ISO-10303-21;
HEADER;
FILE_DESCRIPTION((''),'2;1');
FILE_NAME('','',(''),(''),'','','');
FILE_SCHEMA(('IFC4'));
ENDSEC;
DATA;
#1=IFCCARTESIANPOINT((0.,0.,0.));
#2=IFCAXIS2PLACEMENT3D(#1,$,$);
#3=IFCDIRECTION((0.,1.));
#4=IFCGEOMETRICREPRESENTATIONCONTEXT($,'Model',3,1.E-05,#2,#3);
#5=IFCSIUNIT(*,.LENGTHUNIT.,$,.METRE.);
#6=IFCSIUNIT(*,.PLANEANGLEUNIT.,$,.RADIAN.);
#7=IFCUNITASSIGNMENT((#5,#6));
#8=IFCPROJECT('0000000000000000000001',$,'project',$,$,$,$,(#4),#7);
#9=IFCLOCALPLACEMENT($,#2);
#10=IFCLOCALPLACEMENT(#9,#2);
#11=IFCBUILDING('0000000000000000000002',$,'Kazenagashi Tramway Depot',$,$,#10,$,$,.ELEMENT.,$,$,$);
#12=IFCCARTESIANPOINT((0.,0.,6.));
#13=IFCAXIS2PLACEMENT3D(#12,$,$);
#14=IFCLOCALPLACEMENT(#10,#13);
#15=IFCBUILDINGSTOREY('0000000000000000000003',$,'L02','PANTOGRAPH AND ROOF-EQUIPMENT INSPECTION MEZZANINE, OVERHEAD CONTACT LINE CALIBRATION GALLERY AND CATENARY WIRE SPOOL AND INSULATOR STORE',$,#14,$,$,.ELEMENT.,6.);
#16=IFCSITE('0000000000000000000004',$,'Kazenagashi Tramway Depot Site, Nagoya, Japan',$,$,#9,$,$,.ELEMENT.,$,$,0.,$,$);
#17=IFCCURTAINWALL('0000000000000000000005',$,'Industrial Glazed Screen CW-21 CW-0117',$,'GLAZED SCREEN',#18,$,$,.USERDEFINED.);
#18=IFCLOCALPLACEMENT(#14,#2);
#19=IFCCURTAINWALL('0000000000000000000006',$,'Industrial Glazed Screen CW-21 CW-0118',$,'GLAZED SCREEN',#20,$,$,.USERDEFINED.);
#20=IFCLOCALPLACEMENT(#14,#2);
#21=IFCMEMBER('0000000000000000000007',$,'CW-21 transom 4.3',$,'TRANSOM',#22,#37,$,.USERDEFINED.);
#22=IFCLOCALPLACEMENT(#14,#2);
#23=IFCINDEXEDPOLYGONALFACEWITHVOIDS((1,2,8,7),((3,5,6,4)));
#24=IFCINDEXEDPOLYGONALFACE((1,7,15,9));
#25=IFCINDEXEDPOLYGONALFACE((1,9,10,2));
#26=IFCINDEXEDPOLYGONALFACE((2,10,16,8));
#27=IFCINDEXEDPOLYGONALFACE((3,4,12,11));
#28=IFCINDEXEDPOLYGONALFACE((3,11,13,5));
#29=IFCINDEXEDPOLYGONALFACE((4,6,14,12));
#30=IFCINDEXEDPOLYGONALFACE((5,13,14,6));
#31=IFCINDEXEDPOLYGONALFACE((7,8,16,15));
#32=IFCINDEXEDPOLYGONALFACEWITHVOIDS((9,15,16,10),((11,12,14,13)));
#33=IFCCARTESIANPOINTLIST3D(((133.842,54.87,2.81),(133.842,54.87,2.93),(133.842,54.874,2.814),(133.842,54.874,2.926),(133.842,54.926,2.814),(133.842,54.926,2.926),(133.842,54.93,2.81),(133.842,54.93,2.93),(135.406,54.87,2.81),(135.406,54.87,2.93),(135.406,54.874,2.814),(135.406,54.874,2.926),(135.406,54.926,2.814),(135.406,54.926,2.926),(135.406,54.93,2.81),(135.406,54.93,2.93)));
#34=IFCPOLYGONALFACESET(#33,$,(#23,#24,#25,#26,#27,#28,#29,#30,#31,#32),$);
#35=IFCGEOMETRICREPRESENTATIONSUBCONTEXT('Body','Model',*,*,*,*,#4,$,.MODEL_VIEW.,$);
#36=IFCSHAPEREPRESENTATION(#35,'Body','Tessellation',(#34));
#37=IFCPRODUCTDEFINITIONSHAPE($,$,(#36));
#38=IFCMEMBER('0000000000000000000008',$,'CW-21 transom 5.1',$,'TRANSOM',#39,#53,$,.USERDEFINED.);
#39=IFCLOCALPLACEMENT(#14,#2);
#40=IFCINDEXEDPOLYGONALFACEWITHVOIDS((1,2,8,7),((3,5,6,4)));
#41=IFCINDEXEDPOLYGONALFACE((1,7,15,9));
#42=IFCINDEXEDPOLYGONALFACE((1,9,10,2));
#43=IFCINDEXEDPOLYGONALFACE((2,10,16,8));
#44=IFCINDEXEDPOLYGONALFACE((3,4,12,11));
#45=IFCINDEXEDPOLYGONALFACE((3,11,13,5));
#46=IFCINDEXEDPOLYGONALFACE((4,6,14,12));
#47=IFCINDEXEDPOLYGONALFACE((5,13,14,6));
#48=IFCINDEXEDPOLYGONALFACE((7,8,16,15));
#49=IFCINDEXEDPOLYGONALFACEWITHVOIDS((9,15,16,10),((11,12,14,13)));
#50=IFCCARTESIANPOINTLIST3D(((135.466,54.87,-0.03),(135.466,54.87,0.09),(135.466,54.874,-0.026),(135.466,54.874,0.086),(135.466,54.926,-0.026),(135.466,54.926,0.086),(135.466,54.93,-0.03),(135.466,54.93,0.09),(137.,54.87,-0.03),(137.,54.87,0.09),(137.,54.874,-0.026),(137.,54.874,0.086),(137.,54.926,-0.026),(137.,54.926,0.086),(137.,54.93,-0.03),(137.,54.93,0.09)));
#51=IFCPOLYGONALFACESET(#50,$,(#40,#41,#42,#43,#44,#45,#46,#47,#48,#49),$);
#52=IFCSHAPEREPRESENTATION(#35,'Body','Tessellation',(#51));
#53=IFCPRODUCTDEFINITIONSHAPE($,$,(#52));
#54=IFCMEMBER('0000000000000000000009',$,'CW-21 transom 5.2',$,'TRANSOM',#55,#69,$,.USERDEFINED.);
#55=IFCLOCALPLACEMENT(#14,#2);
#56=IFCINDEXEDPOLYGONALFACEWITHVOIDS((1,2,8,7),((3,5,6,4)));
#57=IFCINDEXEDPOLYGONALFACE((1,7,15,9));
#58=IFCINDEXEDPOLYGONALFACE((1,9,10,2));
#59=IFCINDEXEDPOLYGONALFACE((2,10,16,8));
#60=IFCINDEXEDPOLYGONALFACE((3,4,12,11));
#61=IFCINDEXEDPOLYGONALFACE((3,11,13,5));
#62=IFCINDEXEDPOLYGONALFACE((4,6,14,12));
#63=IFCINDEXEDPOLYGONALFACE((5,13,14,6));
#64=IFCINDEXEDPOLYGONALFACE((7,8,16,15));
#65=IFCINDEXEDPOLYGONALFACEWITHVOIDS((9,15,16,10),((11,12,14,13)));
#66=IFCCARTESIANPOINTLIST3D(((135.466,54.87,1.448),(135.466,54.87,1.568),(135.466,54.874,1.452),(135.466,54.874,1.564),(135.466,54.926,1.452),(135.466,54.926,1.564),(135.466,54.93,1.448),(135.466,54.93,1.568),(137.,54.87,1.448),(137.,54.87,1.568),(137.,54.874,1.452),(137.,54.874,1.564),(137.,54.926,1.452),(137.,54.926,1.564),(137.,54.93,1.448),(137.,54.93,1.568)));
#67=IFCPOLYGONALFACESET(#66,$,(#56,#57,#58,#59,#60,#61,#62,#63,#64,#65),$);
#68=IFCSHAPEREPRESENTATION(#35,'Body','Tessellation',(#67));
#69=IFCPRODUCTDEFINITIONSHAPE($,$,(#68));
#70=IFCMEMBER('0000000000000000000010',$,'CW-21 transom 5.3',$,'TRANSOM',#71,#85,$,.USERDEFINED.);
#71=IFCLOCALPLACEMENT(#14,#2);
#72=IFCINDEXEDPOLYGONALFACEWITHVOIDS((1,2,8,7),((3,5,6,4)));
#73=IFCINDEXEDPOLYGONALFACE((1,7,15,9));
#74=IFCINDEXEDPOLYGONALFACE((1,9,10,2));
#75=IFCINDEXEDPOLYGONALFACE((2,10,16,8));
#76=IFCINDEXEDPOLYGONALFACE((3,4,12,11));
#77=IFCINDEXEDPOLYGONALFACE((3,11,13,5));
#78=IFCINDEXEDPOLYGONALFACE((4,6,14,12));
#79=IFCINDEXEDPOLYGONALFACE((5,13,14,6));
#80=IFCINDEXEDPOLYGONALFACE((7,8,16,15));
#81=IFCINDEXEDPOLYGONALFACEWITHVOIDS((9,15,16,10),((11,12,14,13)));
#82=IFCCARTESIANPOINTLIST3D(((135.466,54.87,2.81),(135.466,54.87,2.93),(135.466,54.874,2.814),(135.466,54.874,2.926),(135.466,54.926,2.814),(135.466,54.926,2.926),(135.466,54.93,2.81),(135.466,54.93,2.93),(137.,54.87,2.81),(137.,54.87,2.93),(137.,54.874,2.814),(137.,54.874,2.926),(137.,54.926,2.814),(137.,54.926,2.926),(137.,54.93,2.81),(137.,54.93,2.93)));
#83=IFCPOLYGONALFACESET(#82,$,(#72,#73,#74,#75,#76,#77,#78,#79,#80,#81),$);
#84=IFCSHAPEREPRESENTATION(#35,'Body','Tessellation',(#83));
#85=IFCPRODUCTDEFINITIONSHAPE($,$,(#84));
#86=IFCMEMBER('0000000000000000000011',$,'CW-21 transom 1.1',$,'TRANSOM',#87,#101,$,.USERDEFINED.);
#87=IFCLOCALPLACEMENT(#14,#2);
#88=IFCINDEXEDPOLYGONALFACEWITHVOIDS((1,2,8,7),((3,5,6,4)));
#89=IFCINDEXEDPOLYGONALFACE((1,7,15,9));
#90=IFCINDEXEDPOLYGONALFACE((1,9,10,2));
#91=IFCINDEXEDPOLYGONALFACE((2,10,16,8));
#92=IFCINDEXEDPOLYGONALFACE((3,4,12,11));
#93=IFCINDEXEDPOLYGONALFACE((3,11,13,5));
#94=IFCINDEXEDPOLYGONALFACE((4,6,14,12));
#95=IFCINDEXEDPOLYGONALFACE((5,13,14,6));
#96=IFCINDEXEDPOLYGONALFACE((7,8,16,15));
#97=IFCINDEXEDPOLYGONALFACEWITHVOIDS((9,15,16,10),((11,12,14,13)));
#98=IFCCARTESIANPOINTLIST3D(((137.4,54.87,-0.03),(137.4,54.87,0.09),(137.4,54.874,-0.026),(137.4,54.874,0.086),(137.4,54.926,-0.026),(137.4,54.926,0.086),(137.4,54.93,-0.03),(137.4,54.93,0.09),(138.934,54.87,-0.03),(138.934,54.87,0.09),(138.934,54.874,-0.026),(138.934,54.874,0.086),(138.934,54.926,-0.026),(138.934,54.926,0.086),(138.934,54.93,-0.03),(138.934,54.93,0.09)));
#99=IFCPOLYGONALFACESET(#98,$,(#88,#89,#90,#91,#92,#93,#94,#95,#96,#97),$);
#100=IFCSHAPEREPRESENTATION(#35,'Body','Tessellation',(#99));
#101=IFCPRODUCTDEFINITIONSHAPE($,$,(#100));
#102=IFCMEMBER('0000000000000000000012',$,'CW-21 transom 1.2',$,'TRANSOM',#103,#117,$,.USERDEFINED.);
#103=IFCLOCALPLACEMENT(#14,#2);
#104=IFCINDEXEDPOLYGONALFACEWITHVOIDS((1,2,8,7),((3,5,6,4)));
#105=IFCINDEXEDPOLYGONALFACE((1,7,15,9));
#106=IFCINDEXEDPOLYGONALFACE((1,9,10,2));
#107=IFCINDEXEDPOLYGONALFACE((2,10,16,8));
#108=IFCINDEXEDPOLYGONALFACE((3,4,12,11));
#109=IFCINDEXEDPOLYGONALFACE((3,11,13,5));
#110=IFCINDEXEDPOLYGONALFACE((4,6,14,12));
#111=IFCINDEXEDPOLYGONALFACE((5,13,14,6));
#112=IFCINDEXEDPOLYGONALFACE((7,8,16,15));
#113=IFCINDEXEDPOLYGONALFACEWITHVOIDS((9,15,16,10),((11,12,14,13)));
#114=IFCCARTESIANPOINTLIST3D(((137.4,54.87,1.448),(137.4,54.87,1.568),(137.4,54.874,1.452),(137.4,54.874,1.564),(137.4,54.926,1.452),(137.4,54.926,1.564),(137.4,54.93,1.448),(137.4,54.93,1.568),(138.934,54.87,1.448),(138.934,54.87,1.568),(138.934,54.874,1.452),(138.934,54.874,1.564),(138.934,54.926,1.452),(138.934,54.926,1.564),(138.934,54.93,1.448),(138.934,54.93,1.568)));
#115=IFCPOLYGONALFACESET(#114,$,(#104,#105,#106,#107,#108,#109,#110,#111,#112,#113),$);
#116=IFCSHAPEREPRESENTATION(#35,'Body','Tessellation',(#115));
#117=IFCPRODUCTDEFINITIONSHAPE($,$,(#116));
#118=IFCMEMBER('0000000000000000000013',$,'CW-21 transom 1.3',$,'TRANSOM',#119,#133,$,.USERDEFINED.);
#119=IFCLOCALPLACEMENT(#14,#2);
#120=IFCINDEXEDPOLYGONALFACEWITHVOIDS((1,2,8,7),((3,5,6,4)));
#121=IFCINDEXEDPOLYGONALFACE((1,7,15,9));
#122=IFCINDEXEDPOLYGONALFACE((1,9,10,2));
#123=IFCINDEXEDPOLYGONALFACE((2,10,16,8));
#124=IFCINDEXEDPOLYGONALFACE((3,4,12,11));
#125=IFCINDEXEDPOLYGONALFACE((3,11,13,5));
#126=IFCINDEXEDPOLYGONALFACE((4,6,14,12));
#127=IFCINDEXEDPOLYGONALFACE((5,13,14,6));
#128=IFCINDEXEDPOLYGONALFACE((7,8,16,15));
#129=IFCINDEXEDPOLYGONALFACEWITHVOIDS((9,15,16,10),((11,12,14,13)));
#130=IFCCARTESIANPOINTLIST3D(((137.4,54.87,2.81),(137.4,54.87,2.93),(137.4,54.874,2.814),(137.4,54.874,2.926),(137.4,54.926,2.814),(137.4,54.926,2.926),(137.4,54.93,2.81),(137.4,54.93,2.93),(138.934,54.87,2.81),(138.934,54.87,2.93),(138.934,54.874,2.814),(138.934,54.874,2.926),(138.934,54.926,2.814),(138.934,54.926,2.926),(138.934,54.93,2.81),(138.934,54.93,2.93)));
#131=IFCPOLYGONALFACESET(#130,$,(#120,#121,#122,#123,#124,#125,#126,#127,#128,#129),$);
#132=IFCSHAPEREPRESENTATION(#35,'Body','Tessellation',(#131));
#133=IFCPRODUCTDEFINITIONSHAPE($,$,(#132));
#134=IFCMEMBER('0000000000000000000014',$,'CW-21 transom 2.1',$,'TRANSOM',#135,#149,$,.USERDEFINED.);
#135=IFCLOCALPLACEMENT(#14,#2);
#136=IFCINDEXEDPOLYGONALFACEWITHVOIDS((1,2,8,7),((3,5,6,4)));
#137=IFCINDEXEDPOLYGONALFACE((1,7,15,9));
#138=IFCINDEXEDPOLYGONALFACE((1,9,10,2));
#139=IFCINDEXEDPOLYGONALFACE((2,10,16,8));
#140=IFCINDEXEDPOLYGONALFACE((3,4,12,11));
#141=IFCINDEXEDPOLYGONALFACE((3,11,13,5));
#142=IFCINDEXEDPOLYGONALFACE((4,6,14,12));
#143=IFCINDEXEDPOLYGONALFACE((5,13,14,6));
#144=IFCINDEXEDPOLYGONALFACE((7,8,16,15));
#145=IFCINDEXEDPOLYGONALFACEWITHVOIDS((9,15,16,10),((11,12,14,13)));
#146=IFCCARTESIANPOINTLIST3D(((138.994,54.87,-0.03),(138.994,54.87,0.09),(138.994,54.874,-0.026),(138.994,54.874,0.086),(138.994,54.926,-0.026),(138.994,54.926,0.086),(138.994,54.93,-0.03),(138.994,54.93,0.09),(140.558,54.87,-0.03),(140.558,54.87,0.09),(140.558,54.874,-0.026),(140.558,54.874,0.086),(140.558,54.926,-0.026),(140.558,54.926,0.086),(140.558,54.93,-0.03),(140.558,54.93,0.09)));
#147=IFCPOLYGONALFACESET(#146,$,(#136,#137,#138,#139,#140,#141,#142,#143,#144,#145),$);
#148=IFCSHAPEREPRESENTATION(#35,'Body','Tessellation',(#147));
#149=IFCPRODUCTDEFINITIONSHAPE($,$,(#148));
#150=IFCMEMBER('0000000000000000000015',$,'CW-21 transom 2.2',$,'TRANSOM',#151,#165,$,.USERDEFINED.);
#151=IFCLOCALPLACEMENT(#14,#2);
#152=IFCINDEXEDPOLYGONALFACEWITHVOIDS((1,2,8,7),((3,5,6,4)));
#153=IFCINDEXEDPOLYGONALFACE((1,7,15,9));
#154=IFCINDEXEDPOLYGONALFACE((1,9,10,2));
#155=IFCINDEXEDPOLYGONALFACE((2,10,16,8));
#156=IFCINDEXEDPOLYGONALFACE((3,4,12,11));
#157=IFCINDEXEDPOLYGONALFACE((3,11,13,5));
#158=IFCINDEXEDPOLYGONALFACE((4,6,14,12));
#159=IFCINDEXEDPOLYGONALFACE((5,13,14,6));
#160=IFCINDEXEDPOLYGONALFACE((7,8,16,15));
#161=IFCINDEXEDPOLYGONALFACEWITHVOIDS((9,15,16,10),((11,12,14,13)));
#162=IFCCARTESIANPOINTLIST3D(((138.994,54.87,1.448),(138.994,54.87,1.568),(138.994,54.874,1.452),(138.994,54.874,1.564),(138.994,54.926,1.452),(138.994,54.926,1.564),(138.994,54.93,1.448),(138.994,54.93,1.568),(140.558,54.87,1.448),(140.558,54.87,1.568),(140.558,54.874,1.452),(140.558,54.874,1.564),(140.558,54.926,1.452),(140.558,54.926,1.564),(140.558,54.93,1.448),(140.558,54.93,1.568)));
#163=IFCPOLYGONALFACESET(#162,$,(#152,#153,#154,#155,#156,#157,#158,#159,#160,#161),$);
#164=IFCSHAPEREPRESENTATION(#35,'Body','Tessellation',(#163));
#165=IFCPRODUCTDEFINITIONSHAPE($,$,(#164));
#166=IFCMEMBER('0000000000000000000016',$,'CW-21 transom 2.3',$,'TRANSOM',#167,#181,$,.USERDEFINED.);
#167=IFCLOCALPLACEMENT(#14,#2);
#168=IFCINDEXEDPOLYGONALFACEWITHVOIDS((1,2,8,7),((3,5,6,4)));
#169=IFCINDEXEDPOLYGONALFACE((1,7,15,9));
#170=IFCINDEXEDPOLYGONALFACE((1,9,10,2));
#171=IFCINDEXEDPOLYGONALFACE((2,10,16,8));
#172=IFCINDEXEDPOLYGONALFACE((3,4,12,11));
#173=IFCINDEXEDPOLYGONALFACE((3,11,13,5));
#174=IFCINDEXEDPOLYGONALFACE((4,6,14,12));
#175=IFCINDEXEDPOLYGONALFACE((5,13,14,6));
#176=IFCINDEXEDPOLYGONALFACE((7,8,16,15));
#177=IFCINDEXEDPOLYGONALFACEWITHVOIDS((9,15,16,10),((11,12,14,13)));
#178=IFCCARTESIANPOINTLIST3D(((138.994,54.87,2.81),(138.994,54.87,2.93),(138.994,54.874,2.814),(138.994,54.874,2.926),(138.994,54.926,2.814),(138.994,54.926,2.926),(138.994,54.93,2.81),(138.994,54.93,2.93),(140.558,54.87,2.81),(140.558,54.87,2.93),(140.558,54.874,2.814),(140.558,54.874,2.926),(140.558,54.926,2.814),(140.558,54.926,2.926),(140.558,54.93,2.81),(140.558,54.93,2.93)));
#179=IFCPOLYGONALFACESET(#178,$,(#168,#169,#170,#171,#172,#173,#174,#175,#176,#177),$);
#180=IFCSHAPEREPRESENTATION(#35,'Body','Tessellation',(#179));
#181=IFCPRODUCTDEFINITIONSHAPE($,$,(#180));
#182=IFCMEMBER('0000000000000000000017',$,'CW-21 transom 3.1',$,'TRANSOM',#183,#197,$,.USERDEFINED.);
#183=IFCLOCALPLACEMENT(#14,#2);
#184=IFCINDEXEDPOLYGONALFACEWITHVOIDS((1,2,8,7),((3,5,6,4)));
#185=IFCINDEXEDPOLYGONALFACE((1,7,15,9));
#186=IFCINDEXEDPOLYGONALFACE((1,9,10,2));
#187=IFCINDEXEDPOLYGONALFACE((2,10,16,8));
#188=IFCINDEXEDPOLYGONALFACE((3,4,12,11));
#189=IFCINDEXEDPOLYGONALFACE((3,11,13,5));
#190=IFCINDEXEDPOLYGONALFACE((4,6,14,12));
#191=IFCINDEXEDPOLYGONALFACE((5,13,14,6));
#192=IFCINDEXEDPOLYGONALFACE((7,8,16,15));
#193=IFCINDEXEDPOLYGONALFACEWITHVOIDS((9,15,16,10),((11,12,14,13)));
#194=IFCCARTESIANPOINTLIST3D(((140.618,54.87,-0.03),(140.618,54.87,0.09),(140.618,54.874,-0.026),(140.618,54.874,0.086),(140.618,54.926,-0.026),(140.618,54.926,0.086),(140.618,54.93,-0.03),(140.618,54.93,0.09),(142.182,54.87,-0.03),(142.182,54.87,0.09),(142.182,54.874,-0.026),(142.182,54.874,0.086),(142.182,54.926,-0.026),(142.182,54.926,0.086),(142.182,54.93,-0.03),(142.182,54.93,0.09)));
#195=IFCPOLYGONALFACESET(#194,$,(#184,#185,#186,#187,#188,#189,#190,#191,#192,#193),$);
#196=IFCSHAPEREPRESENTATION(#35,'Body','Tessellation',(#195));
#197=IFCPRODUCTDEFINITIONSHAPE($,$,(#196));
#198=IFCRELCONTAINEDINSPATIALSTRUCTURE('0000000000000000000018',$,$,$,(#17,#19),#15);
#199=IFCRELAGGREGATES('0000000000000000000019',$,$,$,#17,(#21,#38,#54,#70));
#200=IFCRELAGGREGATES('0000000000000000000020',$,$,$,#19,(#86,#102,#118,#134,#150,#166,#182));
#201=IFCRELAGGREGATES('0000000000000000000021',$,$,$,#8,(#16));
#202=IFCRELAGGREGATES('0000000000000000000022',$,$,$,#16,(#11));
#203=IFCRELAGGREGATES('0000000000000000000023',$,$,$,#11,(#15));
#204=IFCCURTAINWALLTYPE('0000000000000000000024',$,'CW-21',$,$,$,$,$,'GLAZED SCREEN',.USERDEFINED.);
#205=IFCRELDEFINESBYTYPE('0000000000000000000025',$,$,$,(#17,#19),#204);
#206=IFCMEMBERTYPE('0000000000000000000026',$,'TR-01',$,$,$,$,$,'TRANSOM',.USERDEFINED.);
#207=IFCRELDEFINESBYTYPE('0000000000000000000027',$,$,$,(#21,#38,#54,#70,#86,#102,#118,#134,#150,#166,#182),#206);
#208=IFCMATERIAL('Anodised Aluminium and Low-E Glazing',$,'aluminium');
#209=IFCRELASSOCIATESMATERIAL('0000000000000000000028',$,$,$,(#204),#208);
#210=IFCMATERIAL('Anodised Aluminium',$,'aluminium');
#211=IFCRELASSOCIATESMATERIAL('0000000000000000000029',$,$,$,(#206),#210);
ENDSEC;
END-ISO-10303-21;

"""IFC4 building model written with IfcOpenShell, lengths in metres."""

from ifc_helpers import new_model, si_unit, direction, frame, origin, origin_2d, place, context, subcontext, project, spatial, hollow_rectangle, extrude, material, material_profile, profile_set, type_object, element, aggregate, save


model = new_model("IFC4")

# Units and contexts
model_context = context("Model", 3, precision=1e-05, world=origin(), true_north=direction((0.0, 1.0)))
body_context = subcontext(model_context, "Body", "Model", "MODEL_VIEW")
ifc_project = project(units=[si_unit("LENGTHUNIT", "METRE"), si_unit("PLANEANGLEUNIT", "RADIAN")], contexts=[model_context])

# Site, building, storey
site_placement = place(None, origin())
site = spatial("IfcSite", under=ifc_project, at=site_placement, Name="Kazenagashi Tramway Depot Site, Nagoya, Japan", CompositionType="ELEMENT", RefElevation=0.0)
building_placement = place(site_placement, origin())
building = spatial("IfcBuilding", under=site, at=building_placement, Name="Kazenagashi Tramway Depot", CompositionType="ELEMENT")
storey_placement = place(building_placement, frame((0.0, 0.0, 6.0)))
storey = spatial("IfcBuildingStorey", under=building, at=storey_placement, Name="L02", Description="PANTOGRAPH AND ROOF-EQUIPMENT INSPECTION MEZZANINE, OVERHEAD CONTACT LINE CALIBRATION GALLERY AND CATENARY WIRE SPOOL AND INSULATOR STORE", CompositionType="ELEMENT", Elevation=6.0)

# Curtain walls
ifc_material_1 = material(Name="Anodised Aluminium and Low-E Glazing", Category="aluminium")
curtain_wall_type = type_object("IfcCurtainWallType", Name="CW-21", ElementType="GLAZED SCREEN", PredefinedType="USERDEFINED", material=ifc_material_1)
curtain_wall_1_placement = place(storey_placement, origin())
curtain_wall_1 = element("IfcCurtainWall", 1, at=curtain_wall_1_placement, inside=storey, type_object=curtain_wall_type, Name="Industrial Glazed Screen CW-21 CW-0117", ObjectType="GLAZED SCREEN", PredefinedType="USERDEFINED")
ifc_material_2 = material(Name="Anodised Aluminium", Category="aluminium")
curtain_wall_2_placement = place(storey_placement, origin())
curtain_wall_2 = element("IfcCurtainWall", 2, at=curtain_wall_2_placement, inside=storey, type_object=curtain_wall_type, Name="Industrial Glazed Screen CW-21 CW-0118", ObjectType="GLAZED SCREEN", PredefinedType="USERDEFINED")

# Members
ifc_material_profile_1 = material_profile(ifc_material_2, hollow_rectangle(XDim=0.06, YDim=0.12, WallThickness=0.004, at=origin_2d()), Name="RHS-120x60x4")
ifc_profile_set_1 = profile_set([ifc_material_profile_1], Name="Anodised Aluminium")
member_type_1 = type_object("IfcMemberType", Name="TR-01", ElementType="TRANSOM", PredefinedType="USERDEFINED", material=ifc_profile_set_1)
member_1_placement = place(storey_placement, frame((133.842, 54.9, 2.87), z_axis=(1.0, 0.0, 0.0), x_axis=(0.0, 1.0, 0.0)))
member_1 = element("IfcMember", 3, at=member_1_placement, type_object=member_type_1, Name="CW-21 transom 4.3", ObjectType="TRANSOM", PredefinedType="USERDEFINED", context=body_context, shape_type="SweptSolid", body=[
    extrude(hollow_rectangle(XDim=0.06, YDim=0.12, WallThickness=0.004, at=origin_2d()), origin(), (0.0, 0.0, 1.0), 1.564),
])
member_2_placement = place(storey_placement, frame((135.466, 54.9, 0.03), z_axis=(1.0, 0.0, 0.0), x_axis=(0.0, 1.0, 0.0)))
member_2 = element("IfcMember", 4, at=member_2_placement, type_object=member_type_1, Name="CW-21 transom 5.1", ObjectType="TRANSOM", PredefinedType="USERDEFINED", context=body_context, shape_type="SweptSolid", body=[
    extrude(hollow_rectangle(XDim=0.06, YDim=0.12, WallThickness=0.004, at=origin_2d()), origin(), (0.0, 0.0, 1.0), 1.534),
])
member_3_placement = place(storey_placement, frame((135.466, 54.9, 1.508), z_axis=(1.0, 0.0, 0.0), x_axis=(0.0, 1.0, 0.0)))
member_3 = element("IfcMember", 5, at=member_3_placement, type_object=member_type_1, Name="CW-21 transom 5.2", ObjectType="TRANSOM", PredefinedType="USERDEFINED", context=body_context, shape_type="SweptSolid", body=[
    extrude(hollow_rectangle(XDim=0.06, YDim=0.12, WallThickness=0.004, at=origin_2d()), origin(), (0.0, 0.0, 1.0), 1.534),
])
member_4_placement = place(storey_placement, frame((135.466, 54.9, 2.87), z_axis=(1.0, 0.0, 0.0), x_axis=(0.0, 1.0, 0.0)))
member_4 = element("IfcMember", 6, at=member_4_placement, type_object=member_type_1, Name="CW-21 transom 5.3", ObjectType="TRANSOM", PredefinedType="USERDEFINED", context=body_context, shape_type="SweptSolid", body=[
    extrude(hollow_rectangle(XDim=0.06, YDim=0.12, WallThickness=0.004, at=origin_2d()), origin(), (0.0, 0.0, 1.0), 1.534),
])
member_5_placement = place(storey_placement, frame((137.4, 54.9, 0.03), z_axis=(1.0, 0.0, 0.0), x_axis=(0.0, 1.0, 0.0)))
member_5 = element("IfcMember", 7, at=member_5_placement, type_object=member_type_1, Name="CW-21 transom 1.1", ObjectType="TRANSOM", PredefinedType="USERDEFINED", context=body_context, shape_type="SweptSolid", body=[
    extrude(hollow_rectangle(XDim=0.06, YDim=0.12, WallThickness=0.004, at=origin_2d()), origin(), (0.0, 0.0, 1.0), 1.534),
])
member_6_placement = place(storey_placement, frame((137.4, 54.9, 1.508), z_axis=(1.0, 0.0, 0.0), x_axis=(0.0, 1.0, 0.0)))
member_6 = element("IfcMember", 8, at=member_6_placement, type_object=member_type_1, Name="CW-21 transom 1.2", ObjectType="TRANSOM", PredefinedType="USERDEFINED", context=body_context, shape_type="SweptSolid", body=[
    extrude(hollow_rectangle(XDim=0.06, YDim=0.12, WallThickness=0.004, at=origin_2d()), origin(), (0.0, 0.0, 1.0), 1.534),
])
member_7_placement = place(storey_placement, frame((137.4, 54.9, 2.87), z_axis=(1.0, 0.0, 0.0), x_axis=(0.0, 1.0, 0.0)))
member_7 = element("IfcMember", 9, at=member_7_placement, type_object=member_type_1, Name="CW-21 transom 1.3", ObjectType="TRANSOM", PredefinedType="USERDEFINED", context=body_context, shape_type="SweptSolid", body=[
    extrude(hollow_rectangle(XDim=0.06, YDim=0.12, WallThickness=0.004, at=origin_2d()), origin(), (0.0, 0.0, 1.0), 1.534),
])
member_8_placement = place(storey_placement, frame((138.994, 54.9, 0.03), z_axis=(1.0, 0.0, 0.0), x_axis=(0.0, 1.0, 0.0)))
member_8 = element("IfcMember", 10, at=member_8_placement, type_object=member_type_1, Name="CW-21 transom 2.1", ObjectType="TRANSOM", PredefinedType="USERDEFINED", context=body_context, shape_type="SweptSolid", body=[
    extrude(hollow_rectangle(XDim=0.06, YDim=0.12, WallThickness=0.004, at=origin_2d()), origin(), (0.0, 0.0, 1.0), 1.564),
])
member_9_placement = place(storey_placement, frame((138.994, 54.9, 1.508), z_axis=(1.0, 0.0, 0.0), x_axis=(0.0, 1.0, 0.0)))
member_9 = element("IfcMember", 11, at=member_9_placement, type_object=member_type_1, Name="CW-21 transom 2.2", ObjectType="TRANSOM", PredefinedType="USERDEFINED", context=body_context, shape_type="SweptSolid", body=[
    extrude(hollow_rectangle(XDim=0.06, YDim=0.12, WallThickness=0.004, at=origin_2d()), origin(), (0.0, 0.0, 1.0), 1.564),
])
member_10_placement = place(storey_placement, frame((138.994, 54.9, 2.87), z_axis=(1.0, 0.0, 0.0), x_axis=(0.0, 1.0, 0.0)))
member_10 = element("IfcMember", 12, at=member_10_placement, type_object=member_type_1, Name="CW-21 transom 2.3", ObjectType="TRANSOM", PredefinedType="USERDEFINED", context=body_context, shape_type="SweptSolid", body=[
    extrude(hollow_rectangle(XDim=0.06, YDim=0.12, WallThickness=0.004, at=origin_2d()), origin(), (0.0, 0.0, 1.0), 1.564),
])
member_11_placement = place(storey_placement, frame((140.618, 54.9, 0.03), z_axis=(1.0, 0.0, 0.0), x_axis=(0.0, 1.0, 0.0)))
member_11 = element("IfcMember", 13, at=member_11_placement, type_object=member_type_1, Name="CW-21 transom 3.1", ObjectType="TRANSOM", PredefinedType="USERDEFINED", context=body_context, shape_type="SweptSolid", body=[
    extrude(hollow_rectangle(XDim=0.06, YDim=0.12, WallThickness=0.004, at=origin_2d()), origin(), (0.0, 0.0, 1.0), 1.564),
])

aggregate(curtain_wall_1, [member_1, member_2, member_3, member_4])
aggregate(curtain_wall_2, [member_5, member_6, member_7, member_8, member_9, member_10, member_11])

save(model, "model.ifc")
